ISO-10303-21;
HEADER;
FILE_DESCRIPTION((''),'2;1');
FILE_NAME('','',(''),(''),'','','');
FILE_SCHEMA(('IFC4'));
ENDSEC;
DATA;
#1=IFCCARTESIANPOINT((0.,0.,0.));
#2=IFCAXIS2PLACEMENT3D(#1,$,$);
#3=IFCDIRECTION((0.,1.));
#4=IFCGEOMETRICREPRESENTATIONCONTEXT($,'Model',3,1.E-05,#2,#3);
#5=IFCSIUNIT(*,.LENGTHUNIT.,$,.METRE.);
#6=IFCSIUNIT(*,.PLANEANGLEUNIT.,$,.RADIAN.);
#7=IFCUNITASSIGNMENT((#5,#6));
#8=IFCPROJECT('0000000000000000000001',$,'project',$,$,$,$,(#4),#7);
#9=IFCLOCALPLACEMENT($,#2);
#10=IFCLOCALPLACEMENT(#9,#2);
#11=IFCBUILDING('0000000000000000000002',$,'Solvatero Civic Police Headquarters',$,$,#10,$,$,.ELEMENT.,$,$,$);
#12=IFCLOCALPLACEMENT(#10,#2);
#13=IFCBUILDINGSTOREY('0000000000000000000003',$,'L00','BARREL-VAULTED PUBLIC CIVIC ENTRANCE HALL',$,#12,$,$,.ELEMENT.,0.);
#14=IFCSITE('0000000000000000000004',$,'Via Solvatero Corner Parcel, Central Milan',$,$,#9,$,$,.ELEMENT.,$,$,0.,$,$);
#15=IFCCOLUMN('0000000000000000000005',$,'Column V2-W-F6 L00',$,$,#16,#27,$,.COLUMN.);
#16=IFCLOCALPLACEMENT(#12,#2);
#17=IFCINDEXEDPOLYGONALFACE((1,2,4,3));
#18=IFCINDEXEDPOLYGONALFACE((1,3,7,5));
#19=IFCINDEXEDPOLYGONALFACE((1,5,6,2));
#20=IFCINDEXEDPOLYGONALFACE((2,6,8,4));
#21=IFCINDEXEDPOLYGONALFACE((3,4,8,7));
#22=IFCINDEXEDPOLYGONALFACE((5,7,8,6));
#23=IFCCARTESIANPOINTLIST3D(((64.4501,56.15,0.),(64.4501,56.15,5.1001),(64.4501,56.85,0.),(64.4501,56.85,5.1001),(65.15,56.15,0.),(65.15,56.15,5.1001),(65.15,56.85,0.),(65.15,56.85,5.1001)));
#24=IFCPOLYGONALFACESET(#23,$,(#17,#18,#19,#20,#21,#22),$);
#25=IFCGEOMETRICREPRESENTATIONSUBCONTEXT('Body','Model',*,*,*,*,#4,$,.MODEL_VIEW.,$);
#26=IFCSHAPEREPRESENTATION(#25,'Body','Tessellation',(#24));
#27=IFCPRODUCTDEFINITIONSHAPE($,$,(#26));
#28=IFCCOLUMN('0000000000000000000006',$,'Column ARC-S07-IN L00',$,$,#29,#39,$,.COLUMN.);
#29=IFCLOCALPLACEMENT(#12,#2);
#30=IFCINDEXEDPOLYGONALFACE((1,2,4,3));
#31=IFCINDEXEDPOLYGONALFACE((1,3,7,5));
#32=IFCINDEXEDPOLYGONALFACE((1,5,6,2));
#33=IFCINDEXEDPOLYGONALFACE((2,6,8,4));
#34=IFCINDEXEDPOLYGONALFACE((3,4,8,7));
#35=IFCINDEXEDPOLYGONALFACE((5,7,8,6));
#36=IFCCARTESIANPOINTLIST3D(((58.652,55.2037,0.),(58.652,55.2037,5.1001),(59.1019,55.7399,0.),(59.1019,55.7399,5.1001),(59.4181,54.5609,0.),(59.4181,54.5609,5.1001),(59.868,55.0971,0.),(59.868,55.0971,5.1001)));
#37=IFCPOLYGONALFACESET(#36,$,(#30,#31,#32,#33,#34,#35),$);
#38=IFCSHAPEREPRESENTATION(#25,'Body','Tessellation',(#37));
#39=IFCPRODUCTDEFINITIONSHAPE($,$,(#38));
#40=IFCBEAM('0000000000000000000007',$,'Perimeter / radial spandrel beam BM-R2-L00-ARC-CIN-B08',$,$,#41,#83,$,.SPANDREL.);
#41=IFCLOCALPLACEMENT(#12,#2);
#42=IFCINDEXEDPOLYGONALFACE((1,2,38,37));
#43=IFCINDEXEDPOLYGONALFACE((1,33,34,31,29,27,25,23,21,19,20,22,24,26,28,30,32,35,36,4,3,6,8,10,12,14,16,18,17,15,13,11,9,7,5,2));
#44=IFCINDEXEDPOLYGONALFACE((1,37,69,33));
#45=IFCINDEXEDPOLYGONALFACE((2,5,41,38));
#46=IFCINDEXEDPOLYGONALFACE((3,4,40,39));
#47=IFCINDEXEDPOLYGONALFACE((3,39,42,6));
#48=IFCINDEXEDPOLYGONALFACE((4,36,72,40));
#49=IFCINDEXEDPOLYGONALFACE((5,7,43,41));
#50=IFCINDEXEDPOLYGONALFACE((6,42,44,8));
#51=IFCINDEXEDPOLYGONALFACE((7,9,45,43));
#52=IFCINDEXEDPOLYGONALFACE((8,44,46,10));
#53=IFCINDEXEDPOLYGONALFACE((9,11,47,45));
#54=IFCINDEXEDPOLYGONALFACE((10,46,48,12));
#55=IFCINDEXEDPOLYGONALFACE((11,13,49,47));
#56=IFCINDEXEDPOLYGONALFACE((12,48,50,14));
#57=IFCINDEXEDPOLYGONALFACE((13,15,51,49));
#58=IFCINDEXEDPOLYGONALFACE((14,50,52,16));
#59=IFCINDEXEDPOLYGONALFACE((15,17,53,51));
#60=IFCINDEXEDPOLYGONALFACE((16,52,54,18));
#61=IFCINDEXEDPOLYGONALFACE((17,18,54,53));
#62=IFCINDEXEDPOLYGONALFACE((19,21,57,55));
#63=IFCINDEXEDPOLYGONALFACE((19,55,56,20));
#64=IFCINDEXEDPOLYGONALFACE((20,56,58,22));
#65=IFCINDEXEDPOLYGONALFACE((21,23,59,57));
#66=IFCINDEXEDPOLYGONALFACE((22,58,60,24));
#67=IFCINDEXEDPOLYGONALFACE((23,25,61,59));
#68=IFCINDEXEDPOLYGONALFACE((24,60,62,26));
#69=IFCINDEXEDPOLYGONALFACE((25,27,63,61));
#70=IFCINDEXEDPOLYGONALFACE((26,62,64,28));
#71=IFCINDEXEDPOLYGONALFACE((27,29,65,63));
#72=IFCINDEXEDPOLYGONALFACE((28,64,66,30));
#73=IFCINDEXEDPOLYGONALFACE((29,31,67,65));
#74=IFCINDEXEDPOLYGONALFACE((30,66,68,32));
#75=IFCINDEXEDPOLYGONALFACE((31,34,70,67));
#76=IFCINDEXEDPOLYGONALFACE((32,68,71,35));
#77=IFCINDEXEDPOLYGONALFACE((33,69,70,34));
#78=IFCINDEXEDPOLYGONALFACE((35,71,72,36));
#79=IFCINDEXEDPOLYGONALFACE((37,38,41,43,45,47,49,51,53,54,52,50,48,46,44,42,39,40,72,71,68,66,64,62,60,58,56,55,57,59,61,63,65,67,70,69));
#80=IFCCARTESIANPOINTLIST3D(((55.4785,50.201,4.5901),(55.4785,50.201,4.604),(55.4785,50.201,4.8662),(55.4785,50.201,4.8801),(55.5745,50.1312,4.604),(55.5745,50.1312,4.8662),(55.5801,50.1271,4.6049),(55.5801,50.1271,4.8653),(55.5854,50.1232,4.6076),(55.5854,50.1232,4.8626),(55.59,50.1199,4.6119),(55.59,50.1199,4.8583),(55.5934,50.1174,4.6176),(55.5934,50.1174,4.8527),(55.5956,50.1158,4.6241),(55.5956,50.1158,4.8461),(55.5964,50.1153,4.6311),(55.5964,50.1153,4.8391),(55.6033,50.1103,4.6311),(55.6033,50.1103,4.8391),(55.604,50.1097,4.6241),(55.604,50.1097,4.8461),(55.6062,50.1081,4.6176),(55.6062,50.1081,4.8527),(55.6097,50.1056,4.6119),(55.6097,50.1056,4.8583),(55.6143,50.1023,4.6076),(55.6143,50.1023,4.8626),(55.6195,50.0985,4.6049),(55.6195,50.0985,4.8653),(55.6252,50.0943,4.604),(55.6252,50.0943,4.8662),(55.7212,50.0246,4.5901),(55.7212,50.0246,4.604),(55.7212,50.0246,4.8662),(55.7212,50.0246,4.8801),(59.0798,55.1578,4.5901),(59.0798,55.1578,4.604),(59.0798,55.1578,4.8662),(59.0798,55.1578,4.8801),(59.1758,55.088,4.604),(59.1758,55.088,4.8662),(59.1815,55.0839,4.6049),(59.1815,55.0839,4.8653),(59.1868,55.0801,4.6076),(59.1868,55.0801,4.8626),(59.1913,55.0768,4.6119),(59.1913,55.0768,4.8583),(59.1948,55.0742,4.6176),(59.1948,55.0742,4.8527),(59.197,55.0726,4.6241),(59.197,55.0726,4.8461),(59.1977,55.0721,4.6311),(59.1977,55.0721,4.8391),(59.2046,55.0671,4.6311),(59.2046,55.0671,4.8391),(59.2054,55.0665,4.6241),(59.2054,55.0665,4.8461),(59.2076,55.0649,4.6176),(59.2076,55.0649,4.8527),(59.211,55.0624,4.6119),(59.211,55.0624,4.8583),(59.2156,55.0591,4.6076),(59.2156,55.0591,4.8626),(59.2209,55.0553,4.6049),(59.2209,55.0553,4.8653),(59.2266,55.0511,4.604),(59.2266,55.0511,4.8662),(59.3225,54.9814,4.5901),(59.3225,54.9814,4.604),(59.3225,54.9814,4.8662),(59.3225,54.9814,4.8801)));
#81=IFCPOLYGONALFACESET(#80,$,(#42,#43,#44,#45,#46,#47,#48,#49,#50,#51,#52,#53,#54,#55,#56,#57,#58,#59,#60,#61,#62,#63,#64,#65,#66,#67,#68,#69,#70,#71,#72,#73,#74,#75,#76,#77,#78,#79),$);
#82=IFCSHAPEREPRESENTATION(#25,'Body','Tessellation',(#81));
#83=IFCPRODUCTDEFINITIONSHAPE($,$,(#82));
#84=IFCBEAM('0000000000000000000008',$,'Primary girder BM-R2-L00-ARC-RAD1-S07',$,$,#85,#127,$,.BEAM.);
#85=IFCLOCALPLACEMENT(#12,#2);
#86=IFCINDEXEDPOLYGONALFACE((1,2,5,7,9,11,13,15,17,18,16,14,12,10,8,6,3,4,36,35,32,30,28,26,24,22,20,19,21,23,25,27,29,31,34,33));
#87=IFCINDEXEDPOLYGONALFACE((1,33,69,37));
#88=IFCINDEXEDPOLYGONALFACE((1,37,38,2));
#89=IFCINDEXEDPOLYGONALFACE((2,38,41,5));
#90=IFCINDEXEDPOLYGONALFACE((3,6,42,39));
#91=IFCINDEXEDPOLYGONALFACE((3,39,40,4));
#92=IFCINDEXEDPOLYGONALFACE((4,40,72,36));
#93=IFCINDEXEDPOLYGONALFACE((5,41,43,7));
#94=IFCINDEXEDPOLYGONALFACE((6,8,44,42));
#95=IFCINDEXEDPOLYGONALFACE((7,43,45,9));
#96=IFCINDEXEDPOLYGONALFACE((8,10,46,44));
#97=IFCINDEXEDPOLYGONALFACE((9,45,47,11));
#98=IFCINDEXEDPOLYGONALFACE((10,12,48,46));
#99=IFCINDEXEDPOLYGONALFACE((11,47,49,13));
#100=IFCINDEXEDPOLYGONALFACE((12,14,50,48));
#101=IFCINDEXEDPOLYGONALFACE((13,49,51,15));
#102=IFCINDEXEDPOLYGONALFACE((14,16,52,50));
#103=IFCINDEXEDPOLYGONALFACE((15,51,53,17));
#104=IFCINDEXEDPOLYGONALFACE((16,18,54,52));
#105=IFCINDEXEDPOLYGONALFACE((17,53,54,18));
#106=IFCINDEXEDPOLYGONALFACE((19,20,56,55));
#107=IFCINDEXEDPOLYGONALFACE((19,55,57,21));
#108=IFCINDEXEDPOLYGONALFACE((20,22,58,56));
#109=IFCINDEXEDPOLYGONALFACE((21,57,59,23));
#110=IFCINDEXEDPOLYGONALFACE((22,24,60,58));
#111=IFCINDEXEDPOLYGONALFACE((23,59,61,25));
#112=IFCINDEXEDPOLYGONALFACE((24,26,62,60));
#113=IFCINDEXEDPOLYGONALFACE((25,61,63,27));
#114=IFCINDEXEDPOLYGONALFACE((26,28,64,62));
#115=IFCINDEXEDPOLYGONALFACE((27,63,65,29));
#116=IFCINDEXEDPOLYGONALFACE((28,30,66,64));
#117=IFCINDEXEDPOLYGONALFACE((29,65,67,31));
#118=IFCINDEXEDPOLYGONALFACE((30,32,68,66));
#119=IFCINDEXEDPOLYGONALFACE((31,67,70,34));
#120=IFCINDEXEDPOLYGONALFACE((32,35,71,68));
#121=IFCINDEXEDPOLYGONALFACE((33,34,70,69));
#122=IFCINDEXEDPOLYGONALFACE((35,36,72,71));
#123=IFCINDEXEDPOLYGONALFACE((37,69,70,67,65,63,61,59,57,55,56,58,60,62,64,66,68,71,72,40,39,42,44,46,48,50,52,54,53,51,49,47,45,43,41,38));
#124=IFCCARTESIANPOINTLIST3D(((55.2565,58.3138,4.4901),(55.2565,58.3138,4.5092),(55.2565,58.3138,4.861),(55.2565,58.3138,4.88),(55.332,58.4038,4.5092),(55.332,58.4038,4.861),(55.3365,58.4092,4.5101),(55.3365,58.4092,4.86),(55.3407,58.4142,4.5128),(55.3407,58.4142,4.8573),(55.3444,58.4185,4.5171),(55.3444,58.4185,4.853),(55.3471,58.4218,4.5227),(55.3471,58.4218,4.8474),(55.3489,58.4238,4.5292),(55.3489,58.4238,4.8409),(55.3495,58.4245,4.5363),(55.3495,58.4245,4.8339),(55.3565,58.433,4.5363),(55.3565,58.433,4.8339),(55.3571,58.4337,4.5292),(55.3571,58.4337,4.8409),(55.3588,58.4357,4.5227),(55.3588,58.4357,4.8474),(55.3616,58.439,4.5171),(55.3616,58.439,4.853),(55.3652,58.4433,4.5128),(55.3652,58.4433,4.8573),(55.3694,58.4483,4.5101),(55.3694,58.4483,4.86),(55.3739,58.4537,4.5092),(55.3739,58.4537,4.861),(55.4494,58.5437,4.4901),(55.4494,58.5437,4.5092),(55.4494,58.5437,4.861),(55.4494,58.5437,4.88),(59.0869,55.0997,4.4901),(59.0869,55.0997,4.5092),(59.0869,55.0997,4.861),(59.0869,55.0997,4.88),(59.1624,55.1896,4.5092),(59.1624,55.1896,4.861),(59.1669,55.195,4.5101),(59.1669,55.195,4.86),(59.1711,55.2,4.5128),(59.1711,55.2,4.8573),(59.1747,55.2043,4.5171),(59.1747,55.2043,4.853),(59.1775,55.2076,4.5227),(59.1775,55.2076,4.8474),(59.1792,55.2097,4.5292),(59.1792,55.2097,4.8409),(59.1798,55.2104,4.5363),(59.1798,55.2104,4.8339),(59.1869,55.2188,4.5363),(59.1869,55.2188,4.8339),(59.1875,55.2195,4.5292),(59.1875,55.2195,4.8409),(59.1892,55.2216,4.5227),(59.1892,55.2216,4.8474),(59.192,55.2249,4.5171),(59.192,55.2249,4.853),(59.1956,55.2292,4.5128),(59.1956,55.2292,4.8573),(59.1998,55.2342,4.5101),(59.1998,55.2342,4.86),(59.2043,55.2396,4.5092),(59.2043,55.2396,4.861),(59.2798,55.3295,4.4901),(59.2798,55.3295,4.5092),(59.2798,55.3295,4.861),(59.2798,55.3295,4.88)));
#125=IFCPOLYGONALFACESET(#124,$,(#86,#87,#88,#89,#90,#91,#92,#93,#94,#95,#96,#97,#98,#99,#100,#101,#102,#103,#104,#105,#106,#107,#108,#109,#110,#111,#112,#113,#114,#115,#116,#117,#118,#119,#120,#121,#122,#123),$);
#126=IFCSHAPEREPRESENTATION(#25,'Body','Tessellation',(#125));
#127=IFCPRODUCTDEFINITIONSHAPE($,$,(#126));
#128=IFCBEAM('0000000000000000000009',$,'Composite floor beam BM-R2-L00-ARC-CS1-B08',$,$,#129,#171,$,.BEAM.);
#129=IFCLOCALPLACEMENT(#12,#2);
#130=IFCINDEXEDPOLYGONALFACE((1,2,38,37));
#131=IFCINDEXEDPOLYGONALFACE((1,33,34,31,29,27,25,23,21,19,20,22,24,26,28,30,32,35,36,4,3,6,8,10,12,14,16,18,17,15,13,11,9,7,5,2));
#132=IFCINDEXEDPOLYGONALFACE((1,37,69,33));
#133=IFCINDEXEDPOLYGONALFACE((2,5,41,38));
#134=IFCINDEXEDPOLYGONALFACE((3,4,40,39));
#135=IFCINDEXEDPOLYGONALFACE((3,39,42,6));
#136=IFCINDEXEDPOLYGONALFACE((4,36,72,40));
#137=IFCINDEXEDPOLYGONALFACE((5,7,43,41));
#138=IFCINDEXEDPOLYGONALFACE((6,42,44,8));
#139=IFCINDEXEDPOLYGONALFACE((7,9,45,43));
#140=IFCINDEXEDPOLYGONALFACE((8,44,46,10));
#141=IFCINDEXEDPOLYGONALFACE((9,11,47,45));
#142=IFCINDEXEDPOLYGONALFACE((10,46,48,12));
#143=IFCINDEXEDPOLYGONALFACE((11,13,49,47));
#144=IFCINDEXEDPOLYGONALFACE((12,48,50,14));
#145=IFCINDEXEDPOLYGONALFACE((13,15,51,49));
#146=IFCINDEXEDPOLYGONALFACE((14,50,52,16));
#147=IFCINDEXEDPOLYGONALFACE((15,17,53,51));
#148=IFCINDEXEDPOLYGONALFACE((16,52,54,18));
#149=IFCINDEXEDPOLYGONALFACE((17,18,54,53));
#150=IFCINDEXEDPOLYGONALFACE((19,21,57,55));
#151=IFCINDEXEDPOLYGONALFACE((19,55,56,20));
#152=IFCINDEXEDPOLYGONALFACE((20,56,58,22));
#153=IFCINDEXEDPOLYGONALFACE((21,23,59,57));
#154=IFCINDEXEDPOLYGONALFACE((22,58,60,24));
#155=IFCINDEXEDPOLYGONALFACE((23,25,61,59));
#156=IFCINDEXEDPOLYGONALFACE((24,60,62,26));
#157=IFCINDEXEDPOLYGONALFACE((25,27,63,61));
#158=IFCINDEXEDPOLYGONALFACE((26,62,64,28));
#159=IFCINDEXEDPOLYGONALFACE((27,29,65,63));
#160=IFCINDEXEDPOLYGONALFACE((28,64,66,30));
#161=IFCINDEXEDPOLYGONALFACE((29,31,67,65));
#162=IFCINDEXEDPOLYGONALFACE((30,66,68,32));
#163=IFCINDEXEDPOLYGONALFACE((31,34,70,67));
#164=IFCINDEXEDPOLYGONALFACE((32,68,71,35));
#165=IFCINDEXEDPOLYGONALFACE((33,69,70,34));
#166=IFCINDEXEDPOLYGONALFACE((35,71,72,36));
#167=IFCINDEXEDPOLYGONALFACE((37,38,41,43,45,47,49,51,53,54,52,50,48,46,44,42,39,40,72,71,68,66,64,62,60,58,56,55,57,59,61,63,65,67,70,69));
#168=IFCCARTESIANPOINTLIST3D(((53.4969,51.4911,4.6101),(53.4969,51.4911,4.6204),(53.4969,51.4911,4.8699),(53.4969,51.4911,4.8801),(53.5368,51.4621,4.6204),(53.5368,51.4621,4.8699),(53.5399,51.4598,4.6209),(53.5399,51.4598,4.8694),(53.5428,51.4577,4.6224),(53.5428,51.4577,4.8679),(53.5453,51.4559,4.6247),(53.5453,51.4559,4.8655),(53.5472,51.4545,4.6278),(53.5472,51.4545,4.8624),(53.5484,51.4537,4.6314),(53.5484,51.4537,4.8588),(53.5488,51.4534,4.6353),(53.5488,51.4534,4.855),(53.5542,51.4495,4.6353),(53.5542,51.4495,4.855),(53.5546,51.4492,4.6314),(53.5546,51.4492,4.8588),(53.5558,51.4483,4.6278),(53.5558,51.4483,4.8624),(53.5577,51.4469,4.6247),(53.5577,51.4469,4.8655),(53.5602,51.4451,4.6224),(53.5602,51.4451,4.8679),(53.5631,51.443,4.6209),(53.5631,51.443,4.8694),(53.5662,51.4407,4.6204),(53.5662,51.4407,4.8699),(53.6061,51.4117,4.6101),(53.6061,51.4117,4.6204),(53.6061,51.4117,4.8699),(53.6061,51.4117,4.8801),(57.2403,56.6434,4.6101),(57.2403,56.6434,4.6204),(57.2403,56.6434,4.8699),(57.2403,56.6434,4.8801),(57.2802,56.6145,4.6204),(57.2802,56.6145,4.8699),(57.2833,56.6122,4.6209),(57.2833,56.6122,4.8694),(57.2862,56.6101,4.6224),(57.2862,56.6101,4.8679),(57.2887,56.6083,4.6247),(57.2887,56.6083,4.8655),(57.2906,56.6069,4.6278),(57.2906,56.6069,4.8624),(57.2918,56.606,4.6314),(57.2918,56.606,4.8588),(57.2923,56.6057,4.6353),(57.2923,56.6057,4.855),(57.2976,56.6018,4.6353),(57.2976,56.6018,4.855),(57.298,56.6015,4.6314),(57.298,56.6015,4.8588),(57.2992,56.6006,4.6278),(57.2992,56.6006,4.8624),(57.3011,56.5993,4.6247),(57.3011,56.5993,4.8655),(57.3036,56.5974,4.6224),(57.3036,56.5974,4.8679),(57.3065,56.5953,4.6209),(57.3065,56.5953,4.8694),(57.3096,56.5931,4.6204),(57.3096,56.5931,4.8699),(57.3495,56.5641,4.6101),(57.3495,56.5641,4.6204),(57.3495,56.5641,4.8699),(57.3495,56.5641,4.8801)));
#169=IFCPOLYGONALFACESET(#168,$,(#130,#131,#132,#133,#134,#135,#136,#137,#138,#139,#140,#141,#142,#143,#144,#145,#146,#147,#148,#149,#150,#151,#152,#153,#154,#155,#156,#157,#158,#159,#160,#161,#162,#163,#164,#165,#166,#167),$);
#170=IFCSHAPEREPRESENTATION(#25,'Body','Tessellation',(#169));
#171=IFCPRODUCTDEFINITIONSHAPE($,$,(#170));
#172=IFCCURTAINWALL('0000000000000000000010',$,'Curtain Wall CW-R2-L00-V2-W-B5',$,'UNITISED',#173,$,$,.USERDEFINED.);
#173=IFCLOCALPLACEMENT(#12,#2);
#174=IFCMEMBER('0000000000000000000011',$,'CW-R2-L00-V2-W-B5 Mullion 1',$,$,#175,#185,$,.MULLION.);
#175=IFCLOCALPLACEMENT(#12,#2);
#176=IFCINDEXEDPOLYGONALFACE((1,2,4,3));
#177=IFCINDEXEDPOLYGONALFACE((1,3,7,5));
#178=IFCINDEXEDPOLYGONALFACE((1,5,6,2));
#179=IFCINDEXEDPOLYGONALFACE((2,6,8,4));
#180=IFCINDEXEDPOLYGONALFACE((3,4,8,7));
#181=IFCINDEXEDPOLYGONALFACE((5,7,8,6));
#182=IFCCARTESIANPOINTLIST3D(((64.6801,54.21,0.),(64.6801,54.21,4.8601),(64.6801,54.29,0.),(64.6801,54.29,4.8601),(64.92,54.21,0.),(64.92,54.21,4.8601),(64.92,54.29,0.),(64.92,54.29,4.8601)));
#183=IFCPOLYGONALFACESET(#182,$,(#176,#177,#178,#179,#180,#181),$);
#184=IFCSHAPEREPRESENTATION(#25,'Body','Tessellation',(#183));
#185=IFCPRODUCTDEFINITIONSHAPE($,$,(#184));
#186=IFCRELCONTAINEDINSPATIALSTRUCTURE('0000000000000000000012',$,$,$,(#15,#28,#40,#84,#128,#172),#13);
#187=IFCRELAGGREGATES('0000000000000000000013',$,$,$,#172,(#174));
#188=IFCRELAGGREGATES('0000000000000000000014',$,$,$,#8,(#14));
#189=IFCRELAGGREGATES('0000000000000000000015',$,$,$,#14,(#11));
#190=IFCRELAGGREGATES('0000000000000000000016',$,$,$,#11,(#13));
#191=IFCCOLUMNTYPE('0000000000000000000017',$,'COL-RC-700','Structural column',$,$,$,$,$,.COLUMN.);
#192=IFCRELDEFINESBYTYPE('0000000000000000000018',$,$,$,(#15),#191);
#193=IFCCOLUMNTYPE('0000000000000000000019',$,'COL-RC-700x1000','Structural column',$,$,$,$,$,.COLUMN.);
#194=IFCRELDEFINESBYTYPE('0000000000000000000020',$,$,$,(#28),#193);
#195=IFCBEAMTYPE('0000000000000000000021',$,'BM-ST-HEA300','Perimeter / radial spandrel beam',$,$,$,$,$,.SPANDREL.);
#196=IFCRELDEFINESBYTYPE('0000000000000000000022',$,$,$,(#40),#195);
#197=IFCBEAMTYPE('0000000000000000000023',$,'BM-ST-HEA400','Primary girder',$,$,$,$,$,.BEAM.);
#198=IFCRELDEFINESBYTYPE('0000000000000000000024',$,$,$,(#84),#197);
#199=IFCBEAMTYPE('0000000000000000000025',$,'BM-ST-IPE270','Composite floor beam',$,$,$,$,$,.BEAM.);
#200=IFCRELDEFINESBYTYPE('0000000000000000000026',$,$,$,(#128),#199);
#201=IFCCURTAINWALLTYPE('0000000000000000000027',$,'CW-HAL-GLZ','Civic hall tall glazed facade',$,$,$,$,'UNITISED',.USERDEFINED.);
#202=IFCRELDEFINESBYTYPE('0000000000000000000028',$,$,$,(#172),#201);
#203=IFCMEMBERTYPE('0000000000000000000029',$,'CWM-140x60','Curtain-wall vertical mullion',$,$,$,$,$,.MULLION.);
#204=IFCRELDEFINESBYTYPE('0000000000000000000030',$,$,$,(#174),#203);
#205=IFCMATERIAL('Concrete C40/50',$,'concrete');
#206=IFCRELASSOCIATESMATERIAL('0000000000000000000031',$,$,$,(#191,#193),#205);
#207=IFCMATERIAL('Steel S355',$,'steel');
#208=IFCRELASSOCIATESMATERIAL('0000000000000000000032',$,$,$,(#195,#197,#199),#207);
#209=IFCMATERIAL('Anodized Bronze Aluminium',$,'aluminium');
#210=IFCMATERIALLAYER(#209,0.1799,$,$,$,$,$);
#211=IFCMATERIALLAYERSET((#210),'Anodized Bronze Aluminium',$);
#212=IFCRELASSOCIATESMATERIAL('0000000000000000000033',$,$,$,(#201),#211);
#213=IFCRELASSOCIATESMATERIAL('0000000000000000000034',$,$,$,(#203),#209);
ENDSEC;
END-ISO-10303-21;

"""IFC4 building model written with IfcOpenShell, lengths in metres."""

from ifc_helpers import new_model, si_unit, direction, frame, origin, origin_2d, place, context, subcontext, project, spatial, rectangle, i_section, extrude, material, layer, layer_set, material_profile, profile_set, type_object, element, aggregate, save


model = new_model("IFC4")

# Units and contexts
model_context = context("Model", 3, precision=1e-05, world=origin(), true_north=direction((0.0, 1.0)))
body_context = subcontext(model_context, "Body", "Model", "MODEL_VIEW")
ifc_project = project(units=[si_unit("LENGTHUNIT", "METRE"), si_unit("PLANEANGLEUNIT", "RADIAN")], contexts=[model_context])

# Site, building, storey
site_placement = place(None, origin())
site = spatial("IfcSite", under=ifc_project, at=site_placement, Name="Via Solvatero Corner Parcel, Central Milan", CompositionType="ELEMENT", RefElevation=0.0)
building_placement = place(site_placement, origin())
building = spatial("IfcBuilding", under=site, at=building_placement, Name="Solvatero Civic Police Headquarters", CompositionType="ELEMENT")
storey_placement = place(building_placement, origin())
storey = spatial("IfcBuildingStorey", under=building, at=storey_placement, Name="L00", Description="BARREL-VAULTED PUBLIC CIVIC ENTRANCE HALL", CompositionType="ELEMENT", Elevation=0.0)

# Columns
ifc_material_1 = material(Name="Concrete C40/50", Category="concrete")
ifc_material_profile_1 = material_profile(ifc_material_1, rectangle(XDim=0.7, YDim=0.7, at=origin_2d()), Name="RC 700x700")
ifc_profile_set_1 = profile_set([ifc_material_profile_1], Name="Concrete C40/50")
column_type_1 = type_object("IfcColumnType", Name="COL-RC-700", Description="Structural column", PredefinedType="COLUMN", material=ifc_profile_set_1)
column_1_placement = place(storey_placement, frame((64.8, 56.5, 0.0), z_axis=(0.0, 0.0, 1.0), x_axis=(1.0, 0.0, 0.0)))
element("IfcColumn", 1, at=column_1_placement, inside=storey, type_object=column_type_1, Name="Column V2-W-F6 L00", PredefinedType="COLUMN", context=body_context, shape_type="SweptSolid", body=[
    extrude(rectangle(XDim=0.7, YDim=0.7, at=origin_2d()), origin(), (0.0, 0.0, 1.0), 5.1001),
])
ifc_material_profile_2 = material_profile(ifc_material_1, rectangle(XDim=0.7, YDim=1.0, at=origin_2d()), Name="RC 700x1000")
ifc_profile_set_2 = profile_set([ifc_material_profile_2], Name="Concrete C40/50")
column_type_2 = type_object("IfcColumnType", Name="COL-RC-700x1000", Description="Structural column", PredefinedType="COLUMN", material=ifc_profile_set_2)
column_2_placement = place(storey_placement, frame((59.26, 55.1504, 0.0), z_axis=(0.0, 0.0, 1.0), x_axis=(0.642788, 0.766044, 0.0)))
element("IfcColumn", 2, at=column_2_placement, inside=storey, type_object=column_type_2, Name="Column ARC-S07-IN L00", PredefinedType="COLUMN", context=body_context, shape_type="SweptSolid", body=[
    extrude(rectangle(XDim=0.7, YDim=1.0, at=origin_2d()), origin(), (0.0, 0.0, 1.0), 5.1001),
])

# Beams
ifc_material_2 = material(Name="Steel S355", Category="steel")
ifc_material_profile_3 = material_profile(ifc_material_2, i_section(OverallWidth=0.3, OverallDepth=0.29, WebThickness=0.0085, FlangeThickness=0.0139, FilletRadius=0.0271, at=origin_2d()), Name="HEA 300")
ifc_profile_set_3 = profile_set([ifc_material_profile_3], Name="Steel S355")
beam_type_1 = type_object("IfcBeamType", Name="BM-ST-HEA300", Description="Perimeter / radial spandrel beam", PredefinedType="SPANDREL", material=ifc_profile_set_3)
beam_1_placement = place(storey_placement, frame((59.2012, 55.0696, 4.7351), z_axis=(-0.587785, -0.809017, 0.0), x_axis=(0.809017, -0.587785, 0.0)))
element("IfcBeam", 3, at=beam_1_placement, inside=storey, type_object=beam_type_1, Name="Perimeter / radial spandrel beam BM-R2-L00-ARC-CIN-B08", PredefinedType="SPANDREL", context=body_context, shape_type="SweptSolid", body=[
    extrude(i_section(OverallWidth=0.3, OverallDepth=0.29, WebThickness=0.0085, FlangeThickness=0.0139, FilletRadius=0.0271, at=origin_2d()), origin(), (0.0, 0.0, 1.0), 6.127),
])
ifc_material_profile_4 = material_profile(ifc_material_2, i_section(OverallWidth=0.3, OverallDepth=0.3899, WebThickness=0.011, FlangeThickness=0.019, FilletRadius=0.0271, at=origin_2d()), Name="HEA 400")
ifc_profile_set_4 = profile_set([ifc_material_profile_4], Name="Steel S355")
beam_type_2 = type_object("IfcBeamType", Name="BM-ST-HEA400", Description="Primary girder", PredefinedType="BEAM", material=ifc_profile_set_4)
beam_2_placement = place(storey_placement, frame((59.1833, 55.2146, 4.6851), z_axis=(-0.766036, 0.642798, 0.0), x_axis=(-0.642798, -0.766036, 0.0)))
element("IfcBeam", 4, at=beam_2_placement, inside=storey, type_object=beam_type_2, Name="Primary girder BM-R2-L00-ARC-RAD1-S07", PredefinedType="BEAM", context=body_context, shape_type="SweptSolid", body=[
    extrude(i_section(OverallWidth=0.3, OverallDepth=0.3899, WebThickness=0.011, FlangeThickness=0.019, FilletRadius=0.0271, at=origin_2d()), origin(), (0.0, 0.0, 1.0), 5.0002),
])
ifc_material_profile_5 = material_profile(ifc_material_2, i_section(OverallWidth=0.135, OverallDepth=0.27, WebThickness=0.0066, FlangeThickness=0.0103, FilletRadius=0.0149, at=origin_2d()), Name="IPE 270")
ifc_profile_set_5 = profile_set([ifc_material_profile_5], Name="Steel S355")
beam_type_3 = type_object("IfcBeamType", Name="BM-ST-IPE270", Description="Composite floor beam", PredefinedType="BEAM", material=ifc_profile_set_5)
beam_3_placement = place(storey_placement, frame((57.2949, 56.6038, 4.7451), z_axis=(-0.587786, -0.809016, 0.0), x_axis=(0.809016, -0.587786, 0.0)))
element("IfcBeam", 5, at=beam_3_placement, inside=storey, type_object=beam_type_3, Name="Composite floor beam BM-R2-L00-ARC-CS1-B08", PredefinedType="BEAM", context=body_context, shape_type="SweptSolid", body=[
    extrude(i_section(OverallWidth=0.135, OverallDepth=0.27, WebThickness=0.0066, FlangeThickness=0.0103, FilletRadius=0.0149, at=origin_2d()), origin(), (0.0, 0.0, 1.0), 6.3687),
])

# Curtain wall, member
ifc_material_3 = material(Name="Anodized Bronze Aluminium", Category="aluminium")
ifc_layer_1 = layer(ifc_material_3, 0.1799)
ifc_layer_set_1 = layer_set([ifc_layer_1], Name="Anodized Bronze Aluminium")
curtain_wall_type_1 = type_object("IfcCurtainWallType", Name="CW-HAL-GLZ", Description="Civic hall tall glazed facade", ElementType="UNITISED", PredefinedType="USERDEFINED", material=ifc_layer_set_1)
curtain_wall_1_placement = place(storey_placement, origin())
curtain_wall_1 = element("IfcCurtainWall", 6, at=curtain_wall_1_placement, inside=storey, type_object=curtain_wall_type_1, Name="Curtain Wall CW-R2-L00-V2-W-B5", ObjectType="UNITISED", PredefinedType="USERDEFINED")
ifc_material_profile_6 = material_profile(ifc_material_3, rectangle(XDim=0.0801, YDim=0.24, at=origin_2d()), Name="ALU MULLION 80x240")
ifc_profile_set_6 = profile_set([ifc_material_profile_6], Name="Anodized Bronze Aluminium")
member_type_1 = type_object("IfcMemberType", Name="CWM-140x60", Description="Curtain-wall vertical mullion", PredefinedType="MULLION", material=ifc_profile_set_6)
member_1_placement = place(storey_placement, frame((64.8, 54.25, 0.0), z_axis=(0.0, 0.0, 1.0), x_axis=(0.0, 1.0, 0.0)))
member_1 = element("IfcMember", 7, at=member_1_placement, type_object=member_type_1, Name="CW-R2-L00-V2-W-B5 Mullion 1", PredefinedType="MULLION", context=body_context, shape_type="SweptSolid", body=[
    extrude(rectangle(XDim=0.0801, YDim=0.24, at=origin_2d()), origin(), (0.0, 0.0, 1.0), 4.8601),
])

aggregate(curtain_wall_1, [member_1])

save(model, "model.ifc")
